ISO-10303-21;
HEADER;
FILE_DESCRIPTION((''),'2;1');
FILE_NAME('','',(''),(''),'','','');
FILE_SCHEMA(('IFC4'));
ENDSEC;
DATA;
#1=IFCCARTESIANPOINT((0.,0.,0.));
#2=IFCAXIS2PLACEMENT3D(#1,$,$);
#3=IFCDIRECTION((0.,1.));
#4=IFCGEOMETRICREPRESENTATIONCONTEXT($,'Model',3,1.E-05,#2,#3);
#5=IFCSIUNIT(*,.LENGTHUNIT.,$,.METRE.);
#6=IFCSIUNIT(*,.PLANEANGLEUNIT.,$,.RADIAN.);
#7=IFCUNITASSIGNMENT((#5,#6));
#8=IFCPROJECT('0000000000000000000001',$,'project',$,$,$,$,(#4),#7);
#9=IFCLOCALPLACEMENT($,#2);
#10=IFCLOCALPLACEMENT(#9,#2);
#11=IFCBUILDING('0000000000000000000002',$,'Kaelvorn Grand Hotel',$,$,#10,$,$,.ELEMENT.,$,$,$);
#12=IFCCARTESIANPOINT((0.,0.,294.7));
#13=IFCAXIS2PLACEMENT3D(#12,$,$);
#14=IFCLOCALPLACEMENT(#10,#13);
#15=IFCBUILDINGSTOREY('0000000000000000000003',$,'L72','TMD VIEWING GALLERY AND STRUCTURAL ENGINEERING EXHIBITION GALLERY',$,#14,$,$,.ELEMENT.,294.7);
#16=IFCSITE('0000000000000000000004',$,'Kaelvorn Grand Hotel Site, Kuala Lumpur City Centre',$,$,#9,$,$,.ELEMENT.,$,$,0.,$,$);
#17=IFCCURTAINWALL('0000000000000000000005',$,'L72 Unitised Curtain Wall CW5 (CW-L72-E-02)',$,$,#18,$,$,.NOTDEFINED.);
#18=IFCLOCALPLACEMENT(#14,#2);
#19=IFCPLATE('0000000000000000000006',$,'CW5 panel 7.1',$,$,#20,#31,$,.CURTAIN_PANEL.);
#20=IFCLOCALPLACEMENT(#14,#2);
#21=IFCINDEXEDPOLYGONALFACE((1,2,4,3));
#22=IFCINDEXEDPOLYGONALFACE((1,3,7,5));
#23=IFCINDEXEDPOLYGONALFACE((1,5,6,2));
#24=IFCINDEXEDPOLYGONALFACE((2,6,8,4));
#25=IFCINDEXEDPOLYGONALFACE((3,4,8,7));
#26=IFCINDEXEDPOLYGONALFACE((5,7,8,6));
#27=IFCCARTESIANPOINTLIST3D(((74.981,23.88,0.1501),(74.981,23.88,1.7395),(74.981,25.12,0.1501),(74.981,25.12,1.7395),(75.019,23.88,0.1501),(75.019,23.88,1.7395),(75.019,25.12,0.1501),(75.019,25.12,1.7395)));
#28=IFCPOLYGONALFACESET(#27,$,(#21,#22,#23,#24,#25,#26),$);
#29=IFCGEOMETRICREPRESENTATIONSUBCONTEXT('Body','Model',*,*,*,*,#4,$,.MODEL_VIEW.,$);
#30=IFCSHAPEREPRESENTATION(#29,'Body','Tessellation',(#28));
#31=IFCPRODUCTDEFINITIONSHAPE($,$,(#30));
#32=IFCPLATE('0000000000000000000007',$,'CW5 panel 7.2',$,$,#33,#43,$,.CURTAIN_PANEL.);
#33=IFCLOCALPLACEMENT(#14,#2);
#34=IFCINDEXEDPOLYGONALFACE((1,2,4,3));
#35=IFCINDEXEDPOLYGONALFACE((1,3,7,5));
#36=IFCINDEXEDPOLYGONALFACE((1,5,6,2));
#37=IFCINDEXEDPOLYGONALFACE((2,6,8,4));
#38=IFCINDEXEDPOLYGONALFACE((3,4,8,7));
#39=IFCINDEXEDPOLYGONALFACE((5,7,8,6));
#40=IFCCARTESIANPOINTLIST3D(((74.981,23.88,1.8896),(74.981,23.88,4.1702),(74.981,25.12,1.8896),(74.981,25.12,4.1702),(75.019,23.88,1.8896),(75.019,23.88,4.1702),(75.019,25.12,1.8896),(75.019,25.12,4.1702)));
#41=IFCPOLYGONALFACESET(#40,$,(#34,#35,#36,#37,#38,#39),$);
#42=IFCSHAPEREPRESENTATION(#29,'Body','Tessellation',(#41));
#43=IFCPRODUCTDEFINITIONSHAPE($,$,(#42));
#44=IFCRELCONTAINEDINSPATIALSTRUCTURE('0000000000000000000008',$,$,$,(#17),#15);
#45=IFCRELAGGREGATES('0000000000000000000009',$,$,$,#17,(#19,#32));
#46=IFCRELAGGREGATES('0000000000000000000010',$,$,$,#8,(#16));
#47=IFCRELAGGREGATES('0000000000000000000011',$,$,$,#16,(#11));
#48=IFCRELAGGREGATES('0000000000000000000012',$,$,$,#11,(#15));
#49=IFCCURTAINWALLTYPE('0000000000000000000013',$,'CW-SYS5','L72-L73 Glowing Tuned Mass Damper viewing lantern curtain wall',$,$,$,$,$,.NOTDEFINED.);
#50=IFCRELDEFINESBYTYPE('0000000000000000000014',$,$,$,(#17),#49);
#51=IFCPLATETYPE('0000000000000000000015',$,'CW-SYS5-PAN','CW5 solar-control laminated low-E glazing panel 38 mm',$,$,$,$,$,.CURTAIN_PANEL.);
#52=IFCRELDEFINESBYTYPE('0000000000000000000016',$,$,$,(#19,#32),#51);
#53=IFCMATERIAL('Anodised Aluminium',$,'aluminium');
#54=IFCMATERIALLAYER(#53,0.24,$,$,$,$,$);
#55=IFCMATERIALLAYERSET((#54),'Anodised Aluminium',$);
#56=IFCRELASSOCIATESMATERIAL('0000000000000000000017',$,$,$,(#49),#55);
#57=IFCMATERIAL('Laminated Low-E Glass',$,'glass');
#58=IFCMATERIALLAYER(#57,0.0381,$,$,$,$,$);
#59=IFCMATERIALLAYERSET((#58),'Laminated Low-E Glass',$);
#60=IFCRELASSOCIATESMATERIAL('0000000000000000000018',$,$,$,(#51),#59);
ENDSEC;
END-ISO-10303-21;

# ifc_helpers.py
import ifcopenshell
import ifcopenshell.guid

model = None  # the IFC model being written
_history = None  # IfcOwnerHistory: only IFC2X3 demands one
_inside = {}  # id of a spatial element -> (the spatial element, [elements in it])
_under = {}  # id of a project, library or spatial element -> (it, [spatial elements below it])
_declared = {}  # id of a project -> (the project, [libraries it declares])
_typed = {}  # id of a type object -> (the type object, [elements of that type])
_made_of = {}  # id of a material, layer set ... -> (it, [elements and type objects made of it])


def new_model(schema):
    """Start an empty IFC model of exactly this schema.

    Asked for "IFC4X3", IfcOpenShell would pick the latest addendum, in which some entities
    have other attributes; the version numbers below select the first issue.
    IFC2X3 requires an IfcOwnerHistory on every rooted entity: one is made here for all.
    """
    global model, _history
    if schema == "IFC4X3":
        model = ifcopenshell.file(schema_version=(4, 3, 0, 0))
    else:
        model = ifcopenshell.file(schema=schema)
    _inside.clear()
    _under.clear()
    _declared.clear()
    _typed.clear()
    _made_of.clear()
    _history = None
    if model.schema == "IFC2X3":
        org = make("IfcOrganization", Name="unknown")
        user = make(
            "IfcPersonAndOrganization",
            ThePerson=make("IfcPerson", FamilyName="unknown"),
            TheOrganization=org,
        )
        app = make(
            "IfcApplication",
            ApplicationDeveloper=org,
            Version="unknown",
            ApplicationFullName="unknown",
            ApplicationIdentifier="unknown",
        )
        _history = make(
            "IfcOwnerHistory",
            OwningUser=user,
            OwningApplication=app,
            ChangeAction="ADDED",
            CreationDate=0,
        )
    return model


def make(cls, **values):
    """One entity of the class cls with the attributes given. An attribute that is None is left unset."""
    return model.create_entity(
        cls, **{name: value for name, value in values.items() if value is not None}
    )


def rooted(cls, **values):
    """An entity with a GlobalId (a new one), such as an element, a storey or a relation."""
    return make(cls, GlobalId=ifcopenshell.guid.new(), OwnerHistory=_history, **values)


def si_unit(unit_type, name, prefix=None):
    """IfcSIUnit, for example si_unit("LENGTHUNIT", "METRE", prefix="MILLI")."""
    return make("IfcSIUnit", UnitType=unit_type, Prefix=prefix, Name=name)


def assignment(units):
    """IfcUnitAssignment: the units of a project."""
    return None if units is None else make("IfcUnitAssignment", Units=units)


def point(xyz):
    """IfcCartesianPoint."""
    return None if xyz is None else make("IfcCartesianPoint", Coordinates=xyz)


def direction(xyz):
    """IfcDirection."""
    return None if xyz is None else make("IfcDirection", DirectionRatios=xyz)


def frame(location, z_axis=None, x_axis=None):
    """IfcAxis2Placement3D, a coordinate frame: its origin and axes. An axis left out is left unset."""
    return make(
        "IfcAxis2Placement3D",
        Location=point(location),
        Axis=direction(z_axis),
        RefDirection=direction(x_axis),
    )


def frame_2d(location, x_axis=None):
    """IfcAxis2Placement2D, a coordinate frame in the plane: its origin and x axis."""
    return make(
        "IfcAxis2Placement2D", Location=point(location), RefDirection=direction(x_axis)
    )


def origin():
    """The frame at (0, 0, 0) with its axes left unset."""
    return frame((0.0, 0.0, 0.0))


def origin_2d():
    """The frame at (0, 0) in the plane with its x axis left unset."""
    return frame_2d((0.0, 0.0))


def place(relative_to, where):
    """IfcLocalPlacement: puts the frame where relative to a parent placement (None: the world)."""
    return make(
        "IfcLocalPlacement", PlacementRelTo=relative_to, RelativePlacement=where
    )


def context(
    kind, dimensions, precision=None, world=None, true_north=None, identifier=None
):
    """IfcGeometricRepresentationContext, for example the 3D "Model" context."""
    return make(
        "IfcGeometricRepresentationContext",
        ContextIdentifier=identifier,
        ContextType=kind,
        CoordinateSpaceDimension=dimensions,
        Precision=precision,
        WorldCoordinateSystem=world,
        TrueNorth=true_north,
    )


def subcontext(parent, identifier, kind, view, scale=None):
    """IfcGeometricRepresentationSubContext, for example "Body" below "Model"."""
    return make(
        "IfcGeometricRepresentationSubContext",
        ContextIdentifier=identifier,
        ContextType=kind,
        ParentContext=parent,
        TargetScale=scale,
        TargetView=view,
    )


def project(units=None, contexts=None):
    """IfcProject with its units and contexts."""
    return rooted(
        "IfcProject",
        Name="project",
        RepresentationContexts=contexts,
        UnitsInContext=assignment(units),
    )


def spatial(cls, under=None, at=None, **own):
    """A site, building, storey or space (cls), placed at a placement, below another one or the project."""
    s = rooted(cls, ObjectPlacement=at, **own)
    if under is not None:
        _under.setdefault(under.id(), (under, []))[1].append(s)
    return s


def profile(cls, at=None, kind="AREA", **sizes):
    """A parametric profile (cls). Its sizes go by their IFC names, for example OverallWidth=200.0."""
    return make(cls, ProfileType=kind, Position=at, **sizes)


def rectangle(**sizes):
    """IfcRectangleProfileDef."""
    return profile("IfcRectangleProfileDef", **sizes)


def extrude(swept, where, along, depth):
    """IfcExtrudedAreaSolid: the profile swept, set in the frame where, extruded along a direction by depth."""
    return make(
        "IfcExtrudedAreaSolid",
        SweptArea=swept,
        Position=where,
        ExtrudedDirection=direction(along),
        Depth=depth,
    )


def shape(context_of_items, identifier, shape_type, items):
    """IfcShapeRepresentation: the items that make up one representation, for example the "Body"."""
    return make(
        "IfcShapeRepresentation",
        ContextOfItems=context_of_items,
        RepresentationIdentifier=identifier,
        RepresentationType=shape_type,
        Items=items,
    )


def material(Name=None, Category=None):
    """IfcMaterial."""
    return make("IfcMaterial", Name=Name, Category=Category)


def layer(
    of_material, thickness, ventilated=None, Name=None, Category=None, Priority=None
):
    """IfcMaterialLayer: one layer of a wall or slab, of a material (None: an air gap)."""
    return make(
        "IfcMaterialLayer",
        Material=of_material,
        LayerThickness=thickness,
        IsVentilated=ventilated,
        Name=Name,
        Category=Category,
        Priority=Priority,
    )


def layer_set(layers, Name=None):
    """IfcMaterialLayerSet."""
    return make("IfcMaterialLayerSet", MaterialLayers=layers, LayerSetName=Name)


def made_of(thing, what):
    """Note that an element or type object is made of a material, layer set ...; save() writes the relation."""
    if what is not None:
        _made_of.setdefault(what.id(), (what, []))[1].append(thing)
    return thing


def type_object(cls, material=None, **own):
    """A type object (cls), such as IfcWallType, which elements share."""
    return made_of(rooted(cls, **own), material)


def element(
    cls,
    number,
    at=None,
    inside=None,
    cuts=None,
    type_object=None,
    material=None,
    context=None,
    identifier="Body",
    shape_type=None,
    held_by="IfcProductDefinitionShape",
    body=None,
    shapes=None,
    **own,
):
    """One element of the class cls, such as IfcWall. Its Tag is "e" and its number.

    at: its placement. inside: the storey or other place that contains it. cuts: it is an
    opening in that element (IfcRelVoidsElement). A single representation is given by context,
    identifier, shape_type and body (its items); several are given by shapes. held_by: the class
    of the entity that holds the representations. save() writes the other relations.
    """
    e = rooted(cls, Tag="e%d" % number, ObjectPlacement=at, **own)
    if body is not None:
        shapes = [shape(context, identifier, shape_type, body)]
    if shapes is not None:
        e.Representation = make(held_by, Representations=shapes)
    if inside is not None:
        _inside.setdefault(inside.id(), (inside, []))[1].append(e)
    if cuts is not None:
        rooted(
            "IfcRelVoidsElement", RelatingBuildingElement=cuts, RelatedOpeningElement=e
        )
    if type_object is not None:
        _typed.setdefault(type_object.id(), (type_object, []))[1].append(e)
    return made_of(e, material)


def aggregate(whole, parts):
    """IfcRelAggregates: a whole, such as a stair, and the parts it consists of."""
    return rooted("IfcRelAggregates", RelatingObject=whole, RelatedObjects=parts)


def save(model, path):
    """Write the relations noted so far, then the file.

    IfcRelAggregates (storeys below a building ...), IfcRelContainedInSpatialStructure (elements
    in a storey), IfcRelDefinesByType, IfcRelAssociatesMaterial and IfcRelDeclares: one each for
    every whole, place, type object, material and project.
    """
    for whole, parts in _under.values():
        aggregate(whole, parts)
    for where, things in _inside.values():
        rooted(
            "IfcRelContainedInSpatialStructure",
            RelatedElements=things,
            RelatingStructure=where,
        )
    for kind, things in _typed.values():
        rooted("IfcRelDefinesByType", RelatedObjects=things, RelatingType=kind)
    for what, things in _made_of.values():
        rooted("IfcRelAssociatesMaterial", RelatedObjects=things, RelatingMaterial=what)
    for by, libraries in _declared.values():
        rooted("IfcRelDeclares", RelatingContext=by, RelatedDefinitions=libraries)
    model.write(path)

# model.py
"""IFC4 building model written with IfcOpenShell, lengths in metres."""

from ifc_helpers import new_model, si_unit, direction, frame, origin, origin_2d, place, context, subcontext, project, spatial, rectangle, extrude, material, layer, layer_set, type_object, element, aggregate, save


model = new_model("IFC4")

# Units and contexts
model_context = context("Model", 3, precision=1e-05, world=origin(), true_north=direction((0.0, 1.0)))
body_context = subcontext(model_context, "Body", "Model", "MODEL_VIEW")
ifc_project = project(units=[si_unit("LENGTHUNIT", "METRE"), si_unit("PLANEANGLEUNIT", "RADIAN")], contexts=[model_context])

# Site, building, storey
site_placement = place(None, origin())
site = spatial("IfcSite", under=ifc_project, at=site_placement, Name="Kaelvorn Grand Hotel Site, Kuala Lumpur City Centre", CompositionType="ELEMENT", RefElevation=0.0)
building_placement = place(site_placement, origin())
building = spatial("IfcBuilding", under=site, at=building_placement, Name="Kaelvorn Grand Hotel", CompositionType="ELEMENT")
storey_placement = place(building_placement, frame((0.0, 0.0, 294.7)))
storey = spatial("IfcBuildingStorey", under=building, at=storey_placement, Name="L72", Description="TMD VIEWING GALLERY AND STRUCTURAL ENGINEERING EXHIBITION GALLERY", CompositionType="ELEMENT", Elevation=294.7)

# Curtain wall, plates
ifc_material_1 = material(Name="Anodised Aluminium", Category="aluminium")
ifc_layer_1 = layer(ifc_material_1, 0.24)
ifc_layer_set_1 = layer_set([ifc_layer_1], Name="Anodised Aluminium")
curtain_wall_type = type_object("IfcCurtainWallType", Name="CW-SYS5", Description="L72-L73 Glowing Tuned Mass Damper viewing lantern curtain wall", PredefinedType="NOTDEFINED", material=ifc_layer_set_1)
curtain_wall_placement = place(storey_placement, origin())
curtain_wall = element("IfcCurtainWall", 1, at=curtain_wall_placement, inside=storey, type_object=curtain_wall_type, Name="L72 Unitised Curtain Wall CW5 (CW-L72-E-02)", PredefinedType="NOTDEFINED")
ifc_material_2 = material(Name="Laminated Low-E Glass", Category="glass")
ifc_layer_2 = layer(ifc_material_2, 0.0381)
ifc_layer_set_2 = layer_set([ifc_layer_2], Name="Laminated Low-E Glass")
plate_type = type_object("IfcPlateType", Name="CW-SYS5-PAN", Description="CW5 solar-control laminated low-E glazing panel 38 mm", PredefinedType="CURTAIN_PANEL", material=ifc_layer_set_2)
plate_1_placement = place(storey_placement, frame((75.0, 24.5, 0.1501), z_axis=(0.0, 0.0, 1.0), x_axis=(0.0, 1.0, 0.0)))
plate_1 = element("IfcPlate", 2, at=plate_1_placement, type_object=plate_type, Name="CW5 panel 7.1", PredefinedType="CURTAIN_PANEL", context=body_context, shape_type="SweptSolid", body=[
    extrude(rectangle(XDim=1.24, YDim=0.0381, at=origin_2d()), origin(), (0.0, 0.0, 1.0), 1.5894),
])
plate_2_placement = place(storey_placement, frame((75.0, 24.5, 1.8896), z_axis=(0.0, 0.0, 1.0), x_axis=(0.0, 1.0, 0.0)))
plate_2 = element("IfcPlate", 3, at=plate_2_placement, type_object=plate_type, Name="CW5 panel 7.2", PredefinedType="CURTAIN_PANEL", context=body_context, shape_type="SweptSolid", body=[
    extrude(rectangle(XDim=1.24, YDim=0.0381, at=origin_2d()), origin(), (0.0, 0.0, 1.0), 2.2805),
])
aggregate(curtain_wall, [plate_1, plate_2])

save(model, "model.ifc")
